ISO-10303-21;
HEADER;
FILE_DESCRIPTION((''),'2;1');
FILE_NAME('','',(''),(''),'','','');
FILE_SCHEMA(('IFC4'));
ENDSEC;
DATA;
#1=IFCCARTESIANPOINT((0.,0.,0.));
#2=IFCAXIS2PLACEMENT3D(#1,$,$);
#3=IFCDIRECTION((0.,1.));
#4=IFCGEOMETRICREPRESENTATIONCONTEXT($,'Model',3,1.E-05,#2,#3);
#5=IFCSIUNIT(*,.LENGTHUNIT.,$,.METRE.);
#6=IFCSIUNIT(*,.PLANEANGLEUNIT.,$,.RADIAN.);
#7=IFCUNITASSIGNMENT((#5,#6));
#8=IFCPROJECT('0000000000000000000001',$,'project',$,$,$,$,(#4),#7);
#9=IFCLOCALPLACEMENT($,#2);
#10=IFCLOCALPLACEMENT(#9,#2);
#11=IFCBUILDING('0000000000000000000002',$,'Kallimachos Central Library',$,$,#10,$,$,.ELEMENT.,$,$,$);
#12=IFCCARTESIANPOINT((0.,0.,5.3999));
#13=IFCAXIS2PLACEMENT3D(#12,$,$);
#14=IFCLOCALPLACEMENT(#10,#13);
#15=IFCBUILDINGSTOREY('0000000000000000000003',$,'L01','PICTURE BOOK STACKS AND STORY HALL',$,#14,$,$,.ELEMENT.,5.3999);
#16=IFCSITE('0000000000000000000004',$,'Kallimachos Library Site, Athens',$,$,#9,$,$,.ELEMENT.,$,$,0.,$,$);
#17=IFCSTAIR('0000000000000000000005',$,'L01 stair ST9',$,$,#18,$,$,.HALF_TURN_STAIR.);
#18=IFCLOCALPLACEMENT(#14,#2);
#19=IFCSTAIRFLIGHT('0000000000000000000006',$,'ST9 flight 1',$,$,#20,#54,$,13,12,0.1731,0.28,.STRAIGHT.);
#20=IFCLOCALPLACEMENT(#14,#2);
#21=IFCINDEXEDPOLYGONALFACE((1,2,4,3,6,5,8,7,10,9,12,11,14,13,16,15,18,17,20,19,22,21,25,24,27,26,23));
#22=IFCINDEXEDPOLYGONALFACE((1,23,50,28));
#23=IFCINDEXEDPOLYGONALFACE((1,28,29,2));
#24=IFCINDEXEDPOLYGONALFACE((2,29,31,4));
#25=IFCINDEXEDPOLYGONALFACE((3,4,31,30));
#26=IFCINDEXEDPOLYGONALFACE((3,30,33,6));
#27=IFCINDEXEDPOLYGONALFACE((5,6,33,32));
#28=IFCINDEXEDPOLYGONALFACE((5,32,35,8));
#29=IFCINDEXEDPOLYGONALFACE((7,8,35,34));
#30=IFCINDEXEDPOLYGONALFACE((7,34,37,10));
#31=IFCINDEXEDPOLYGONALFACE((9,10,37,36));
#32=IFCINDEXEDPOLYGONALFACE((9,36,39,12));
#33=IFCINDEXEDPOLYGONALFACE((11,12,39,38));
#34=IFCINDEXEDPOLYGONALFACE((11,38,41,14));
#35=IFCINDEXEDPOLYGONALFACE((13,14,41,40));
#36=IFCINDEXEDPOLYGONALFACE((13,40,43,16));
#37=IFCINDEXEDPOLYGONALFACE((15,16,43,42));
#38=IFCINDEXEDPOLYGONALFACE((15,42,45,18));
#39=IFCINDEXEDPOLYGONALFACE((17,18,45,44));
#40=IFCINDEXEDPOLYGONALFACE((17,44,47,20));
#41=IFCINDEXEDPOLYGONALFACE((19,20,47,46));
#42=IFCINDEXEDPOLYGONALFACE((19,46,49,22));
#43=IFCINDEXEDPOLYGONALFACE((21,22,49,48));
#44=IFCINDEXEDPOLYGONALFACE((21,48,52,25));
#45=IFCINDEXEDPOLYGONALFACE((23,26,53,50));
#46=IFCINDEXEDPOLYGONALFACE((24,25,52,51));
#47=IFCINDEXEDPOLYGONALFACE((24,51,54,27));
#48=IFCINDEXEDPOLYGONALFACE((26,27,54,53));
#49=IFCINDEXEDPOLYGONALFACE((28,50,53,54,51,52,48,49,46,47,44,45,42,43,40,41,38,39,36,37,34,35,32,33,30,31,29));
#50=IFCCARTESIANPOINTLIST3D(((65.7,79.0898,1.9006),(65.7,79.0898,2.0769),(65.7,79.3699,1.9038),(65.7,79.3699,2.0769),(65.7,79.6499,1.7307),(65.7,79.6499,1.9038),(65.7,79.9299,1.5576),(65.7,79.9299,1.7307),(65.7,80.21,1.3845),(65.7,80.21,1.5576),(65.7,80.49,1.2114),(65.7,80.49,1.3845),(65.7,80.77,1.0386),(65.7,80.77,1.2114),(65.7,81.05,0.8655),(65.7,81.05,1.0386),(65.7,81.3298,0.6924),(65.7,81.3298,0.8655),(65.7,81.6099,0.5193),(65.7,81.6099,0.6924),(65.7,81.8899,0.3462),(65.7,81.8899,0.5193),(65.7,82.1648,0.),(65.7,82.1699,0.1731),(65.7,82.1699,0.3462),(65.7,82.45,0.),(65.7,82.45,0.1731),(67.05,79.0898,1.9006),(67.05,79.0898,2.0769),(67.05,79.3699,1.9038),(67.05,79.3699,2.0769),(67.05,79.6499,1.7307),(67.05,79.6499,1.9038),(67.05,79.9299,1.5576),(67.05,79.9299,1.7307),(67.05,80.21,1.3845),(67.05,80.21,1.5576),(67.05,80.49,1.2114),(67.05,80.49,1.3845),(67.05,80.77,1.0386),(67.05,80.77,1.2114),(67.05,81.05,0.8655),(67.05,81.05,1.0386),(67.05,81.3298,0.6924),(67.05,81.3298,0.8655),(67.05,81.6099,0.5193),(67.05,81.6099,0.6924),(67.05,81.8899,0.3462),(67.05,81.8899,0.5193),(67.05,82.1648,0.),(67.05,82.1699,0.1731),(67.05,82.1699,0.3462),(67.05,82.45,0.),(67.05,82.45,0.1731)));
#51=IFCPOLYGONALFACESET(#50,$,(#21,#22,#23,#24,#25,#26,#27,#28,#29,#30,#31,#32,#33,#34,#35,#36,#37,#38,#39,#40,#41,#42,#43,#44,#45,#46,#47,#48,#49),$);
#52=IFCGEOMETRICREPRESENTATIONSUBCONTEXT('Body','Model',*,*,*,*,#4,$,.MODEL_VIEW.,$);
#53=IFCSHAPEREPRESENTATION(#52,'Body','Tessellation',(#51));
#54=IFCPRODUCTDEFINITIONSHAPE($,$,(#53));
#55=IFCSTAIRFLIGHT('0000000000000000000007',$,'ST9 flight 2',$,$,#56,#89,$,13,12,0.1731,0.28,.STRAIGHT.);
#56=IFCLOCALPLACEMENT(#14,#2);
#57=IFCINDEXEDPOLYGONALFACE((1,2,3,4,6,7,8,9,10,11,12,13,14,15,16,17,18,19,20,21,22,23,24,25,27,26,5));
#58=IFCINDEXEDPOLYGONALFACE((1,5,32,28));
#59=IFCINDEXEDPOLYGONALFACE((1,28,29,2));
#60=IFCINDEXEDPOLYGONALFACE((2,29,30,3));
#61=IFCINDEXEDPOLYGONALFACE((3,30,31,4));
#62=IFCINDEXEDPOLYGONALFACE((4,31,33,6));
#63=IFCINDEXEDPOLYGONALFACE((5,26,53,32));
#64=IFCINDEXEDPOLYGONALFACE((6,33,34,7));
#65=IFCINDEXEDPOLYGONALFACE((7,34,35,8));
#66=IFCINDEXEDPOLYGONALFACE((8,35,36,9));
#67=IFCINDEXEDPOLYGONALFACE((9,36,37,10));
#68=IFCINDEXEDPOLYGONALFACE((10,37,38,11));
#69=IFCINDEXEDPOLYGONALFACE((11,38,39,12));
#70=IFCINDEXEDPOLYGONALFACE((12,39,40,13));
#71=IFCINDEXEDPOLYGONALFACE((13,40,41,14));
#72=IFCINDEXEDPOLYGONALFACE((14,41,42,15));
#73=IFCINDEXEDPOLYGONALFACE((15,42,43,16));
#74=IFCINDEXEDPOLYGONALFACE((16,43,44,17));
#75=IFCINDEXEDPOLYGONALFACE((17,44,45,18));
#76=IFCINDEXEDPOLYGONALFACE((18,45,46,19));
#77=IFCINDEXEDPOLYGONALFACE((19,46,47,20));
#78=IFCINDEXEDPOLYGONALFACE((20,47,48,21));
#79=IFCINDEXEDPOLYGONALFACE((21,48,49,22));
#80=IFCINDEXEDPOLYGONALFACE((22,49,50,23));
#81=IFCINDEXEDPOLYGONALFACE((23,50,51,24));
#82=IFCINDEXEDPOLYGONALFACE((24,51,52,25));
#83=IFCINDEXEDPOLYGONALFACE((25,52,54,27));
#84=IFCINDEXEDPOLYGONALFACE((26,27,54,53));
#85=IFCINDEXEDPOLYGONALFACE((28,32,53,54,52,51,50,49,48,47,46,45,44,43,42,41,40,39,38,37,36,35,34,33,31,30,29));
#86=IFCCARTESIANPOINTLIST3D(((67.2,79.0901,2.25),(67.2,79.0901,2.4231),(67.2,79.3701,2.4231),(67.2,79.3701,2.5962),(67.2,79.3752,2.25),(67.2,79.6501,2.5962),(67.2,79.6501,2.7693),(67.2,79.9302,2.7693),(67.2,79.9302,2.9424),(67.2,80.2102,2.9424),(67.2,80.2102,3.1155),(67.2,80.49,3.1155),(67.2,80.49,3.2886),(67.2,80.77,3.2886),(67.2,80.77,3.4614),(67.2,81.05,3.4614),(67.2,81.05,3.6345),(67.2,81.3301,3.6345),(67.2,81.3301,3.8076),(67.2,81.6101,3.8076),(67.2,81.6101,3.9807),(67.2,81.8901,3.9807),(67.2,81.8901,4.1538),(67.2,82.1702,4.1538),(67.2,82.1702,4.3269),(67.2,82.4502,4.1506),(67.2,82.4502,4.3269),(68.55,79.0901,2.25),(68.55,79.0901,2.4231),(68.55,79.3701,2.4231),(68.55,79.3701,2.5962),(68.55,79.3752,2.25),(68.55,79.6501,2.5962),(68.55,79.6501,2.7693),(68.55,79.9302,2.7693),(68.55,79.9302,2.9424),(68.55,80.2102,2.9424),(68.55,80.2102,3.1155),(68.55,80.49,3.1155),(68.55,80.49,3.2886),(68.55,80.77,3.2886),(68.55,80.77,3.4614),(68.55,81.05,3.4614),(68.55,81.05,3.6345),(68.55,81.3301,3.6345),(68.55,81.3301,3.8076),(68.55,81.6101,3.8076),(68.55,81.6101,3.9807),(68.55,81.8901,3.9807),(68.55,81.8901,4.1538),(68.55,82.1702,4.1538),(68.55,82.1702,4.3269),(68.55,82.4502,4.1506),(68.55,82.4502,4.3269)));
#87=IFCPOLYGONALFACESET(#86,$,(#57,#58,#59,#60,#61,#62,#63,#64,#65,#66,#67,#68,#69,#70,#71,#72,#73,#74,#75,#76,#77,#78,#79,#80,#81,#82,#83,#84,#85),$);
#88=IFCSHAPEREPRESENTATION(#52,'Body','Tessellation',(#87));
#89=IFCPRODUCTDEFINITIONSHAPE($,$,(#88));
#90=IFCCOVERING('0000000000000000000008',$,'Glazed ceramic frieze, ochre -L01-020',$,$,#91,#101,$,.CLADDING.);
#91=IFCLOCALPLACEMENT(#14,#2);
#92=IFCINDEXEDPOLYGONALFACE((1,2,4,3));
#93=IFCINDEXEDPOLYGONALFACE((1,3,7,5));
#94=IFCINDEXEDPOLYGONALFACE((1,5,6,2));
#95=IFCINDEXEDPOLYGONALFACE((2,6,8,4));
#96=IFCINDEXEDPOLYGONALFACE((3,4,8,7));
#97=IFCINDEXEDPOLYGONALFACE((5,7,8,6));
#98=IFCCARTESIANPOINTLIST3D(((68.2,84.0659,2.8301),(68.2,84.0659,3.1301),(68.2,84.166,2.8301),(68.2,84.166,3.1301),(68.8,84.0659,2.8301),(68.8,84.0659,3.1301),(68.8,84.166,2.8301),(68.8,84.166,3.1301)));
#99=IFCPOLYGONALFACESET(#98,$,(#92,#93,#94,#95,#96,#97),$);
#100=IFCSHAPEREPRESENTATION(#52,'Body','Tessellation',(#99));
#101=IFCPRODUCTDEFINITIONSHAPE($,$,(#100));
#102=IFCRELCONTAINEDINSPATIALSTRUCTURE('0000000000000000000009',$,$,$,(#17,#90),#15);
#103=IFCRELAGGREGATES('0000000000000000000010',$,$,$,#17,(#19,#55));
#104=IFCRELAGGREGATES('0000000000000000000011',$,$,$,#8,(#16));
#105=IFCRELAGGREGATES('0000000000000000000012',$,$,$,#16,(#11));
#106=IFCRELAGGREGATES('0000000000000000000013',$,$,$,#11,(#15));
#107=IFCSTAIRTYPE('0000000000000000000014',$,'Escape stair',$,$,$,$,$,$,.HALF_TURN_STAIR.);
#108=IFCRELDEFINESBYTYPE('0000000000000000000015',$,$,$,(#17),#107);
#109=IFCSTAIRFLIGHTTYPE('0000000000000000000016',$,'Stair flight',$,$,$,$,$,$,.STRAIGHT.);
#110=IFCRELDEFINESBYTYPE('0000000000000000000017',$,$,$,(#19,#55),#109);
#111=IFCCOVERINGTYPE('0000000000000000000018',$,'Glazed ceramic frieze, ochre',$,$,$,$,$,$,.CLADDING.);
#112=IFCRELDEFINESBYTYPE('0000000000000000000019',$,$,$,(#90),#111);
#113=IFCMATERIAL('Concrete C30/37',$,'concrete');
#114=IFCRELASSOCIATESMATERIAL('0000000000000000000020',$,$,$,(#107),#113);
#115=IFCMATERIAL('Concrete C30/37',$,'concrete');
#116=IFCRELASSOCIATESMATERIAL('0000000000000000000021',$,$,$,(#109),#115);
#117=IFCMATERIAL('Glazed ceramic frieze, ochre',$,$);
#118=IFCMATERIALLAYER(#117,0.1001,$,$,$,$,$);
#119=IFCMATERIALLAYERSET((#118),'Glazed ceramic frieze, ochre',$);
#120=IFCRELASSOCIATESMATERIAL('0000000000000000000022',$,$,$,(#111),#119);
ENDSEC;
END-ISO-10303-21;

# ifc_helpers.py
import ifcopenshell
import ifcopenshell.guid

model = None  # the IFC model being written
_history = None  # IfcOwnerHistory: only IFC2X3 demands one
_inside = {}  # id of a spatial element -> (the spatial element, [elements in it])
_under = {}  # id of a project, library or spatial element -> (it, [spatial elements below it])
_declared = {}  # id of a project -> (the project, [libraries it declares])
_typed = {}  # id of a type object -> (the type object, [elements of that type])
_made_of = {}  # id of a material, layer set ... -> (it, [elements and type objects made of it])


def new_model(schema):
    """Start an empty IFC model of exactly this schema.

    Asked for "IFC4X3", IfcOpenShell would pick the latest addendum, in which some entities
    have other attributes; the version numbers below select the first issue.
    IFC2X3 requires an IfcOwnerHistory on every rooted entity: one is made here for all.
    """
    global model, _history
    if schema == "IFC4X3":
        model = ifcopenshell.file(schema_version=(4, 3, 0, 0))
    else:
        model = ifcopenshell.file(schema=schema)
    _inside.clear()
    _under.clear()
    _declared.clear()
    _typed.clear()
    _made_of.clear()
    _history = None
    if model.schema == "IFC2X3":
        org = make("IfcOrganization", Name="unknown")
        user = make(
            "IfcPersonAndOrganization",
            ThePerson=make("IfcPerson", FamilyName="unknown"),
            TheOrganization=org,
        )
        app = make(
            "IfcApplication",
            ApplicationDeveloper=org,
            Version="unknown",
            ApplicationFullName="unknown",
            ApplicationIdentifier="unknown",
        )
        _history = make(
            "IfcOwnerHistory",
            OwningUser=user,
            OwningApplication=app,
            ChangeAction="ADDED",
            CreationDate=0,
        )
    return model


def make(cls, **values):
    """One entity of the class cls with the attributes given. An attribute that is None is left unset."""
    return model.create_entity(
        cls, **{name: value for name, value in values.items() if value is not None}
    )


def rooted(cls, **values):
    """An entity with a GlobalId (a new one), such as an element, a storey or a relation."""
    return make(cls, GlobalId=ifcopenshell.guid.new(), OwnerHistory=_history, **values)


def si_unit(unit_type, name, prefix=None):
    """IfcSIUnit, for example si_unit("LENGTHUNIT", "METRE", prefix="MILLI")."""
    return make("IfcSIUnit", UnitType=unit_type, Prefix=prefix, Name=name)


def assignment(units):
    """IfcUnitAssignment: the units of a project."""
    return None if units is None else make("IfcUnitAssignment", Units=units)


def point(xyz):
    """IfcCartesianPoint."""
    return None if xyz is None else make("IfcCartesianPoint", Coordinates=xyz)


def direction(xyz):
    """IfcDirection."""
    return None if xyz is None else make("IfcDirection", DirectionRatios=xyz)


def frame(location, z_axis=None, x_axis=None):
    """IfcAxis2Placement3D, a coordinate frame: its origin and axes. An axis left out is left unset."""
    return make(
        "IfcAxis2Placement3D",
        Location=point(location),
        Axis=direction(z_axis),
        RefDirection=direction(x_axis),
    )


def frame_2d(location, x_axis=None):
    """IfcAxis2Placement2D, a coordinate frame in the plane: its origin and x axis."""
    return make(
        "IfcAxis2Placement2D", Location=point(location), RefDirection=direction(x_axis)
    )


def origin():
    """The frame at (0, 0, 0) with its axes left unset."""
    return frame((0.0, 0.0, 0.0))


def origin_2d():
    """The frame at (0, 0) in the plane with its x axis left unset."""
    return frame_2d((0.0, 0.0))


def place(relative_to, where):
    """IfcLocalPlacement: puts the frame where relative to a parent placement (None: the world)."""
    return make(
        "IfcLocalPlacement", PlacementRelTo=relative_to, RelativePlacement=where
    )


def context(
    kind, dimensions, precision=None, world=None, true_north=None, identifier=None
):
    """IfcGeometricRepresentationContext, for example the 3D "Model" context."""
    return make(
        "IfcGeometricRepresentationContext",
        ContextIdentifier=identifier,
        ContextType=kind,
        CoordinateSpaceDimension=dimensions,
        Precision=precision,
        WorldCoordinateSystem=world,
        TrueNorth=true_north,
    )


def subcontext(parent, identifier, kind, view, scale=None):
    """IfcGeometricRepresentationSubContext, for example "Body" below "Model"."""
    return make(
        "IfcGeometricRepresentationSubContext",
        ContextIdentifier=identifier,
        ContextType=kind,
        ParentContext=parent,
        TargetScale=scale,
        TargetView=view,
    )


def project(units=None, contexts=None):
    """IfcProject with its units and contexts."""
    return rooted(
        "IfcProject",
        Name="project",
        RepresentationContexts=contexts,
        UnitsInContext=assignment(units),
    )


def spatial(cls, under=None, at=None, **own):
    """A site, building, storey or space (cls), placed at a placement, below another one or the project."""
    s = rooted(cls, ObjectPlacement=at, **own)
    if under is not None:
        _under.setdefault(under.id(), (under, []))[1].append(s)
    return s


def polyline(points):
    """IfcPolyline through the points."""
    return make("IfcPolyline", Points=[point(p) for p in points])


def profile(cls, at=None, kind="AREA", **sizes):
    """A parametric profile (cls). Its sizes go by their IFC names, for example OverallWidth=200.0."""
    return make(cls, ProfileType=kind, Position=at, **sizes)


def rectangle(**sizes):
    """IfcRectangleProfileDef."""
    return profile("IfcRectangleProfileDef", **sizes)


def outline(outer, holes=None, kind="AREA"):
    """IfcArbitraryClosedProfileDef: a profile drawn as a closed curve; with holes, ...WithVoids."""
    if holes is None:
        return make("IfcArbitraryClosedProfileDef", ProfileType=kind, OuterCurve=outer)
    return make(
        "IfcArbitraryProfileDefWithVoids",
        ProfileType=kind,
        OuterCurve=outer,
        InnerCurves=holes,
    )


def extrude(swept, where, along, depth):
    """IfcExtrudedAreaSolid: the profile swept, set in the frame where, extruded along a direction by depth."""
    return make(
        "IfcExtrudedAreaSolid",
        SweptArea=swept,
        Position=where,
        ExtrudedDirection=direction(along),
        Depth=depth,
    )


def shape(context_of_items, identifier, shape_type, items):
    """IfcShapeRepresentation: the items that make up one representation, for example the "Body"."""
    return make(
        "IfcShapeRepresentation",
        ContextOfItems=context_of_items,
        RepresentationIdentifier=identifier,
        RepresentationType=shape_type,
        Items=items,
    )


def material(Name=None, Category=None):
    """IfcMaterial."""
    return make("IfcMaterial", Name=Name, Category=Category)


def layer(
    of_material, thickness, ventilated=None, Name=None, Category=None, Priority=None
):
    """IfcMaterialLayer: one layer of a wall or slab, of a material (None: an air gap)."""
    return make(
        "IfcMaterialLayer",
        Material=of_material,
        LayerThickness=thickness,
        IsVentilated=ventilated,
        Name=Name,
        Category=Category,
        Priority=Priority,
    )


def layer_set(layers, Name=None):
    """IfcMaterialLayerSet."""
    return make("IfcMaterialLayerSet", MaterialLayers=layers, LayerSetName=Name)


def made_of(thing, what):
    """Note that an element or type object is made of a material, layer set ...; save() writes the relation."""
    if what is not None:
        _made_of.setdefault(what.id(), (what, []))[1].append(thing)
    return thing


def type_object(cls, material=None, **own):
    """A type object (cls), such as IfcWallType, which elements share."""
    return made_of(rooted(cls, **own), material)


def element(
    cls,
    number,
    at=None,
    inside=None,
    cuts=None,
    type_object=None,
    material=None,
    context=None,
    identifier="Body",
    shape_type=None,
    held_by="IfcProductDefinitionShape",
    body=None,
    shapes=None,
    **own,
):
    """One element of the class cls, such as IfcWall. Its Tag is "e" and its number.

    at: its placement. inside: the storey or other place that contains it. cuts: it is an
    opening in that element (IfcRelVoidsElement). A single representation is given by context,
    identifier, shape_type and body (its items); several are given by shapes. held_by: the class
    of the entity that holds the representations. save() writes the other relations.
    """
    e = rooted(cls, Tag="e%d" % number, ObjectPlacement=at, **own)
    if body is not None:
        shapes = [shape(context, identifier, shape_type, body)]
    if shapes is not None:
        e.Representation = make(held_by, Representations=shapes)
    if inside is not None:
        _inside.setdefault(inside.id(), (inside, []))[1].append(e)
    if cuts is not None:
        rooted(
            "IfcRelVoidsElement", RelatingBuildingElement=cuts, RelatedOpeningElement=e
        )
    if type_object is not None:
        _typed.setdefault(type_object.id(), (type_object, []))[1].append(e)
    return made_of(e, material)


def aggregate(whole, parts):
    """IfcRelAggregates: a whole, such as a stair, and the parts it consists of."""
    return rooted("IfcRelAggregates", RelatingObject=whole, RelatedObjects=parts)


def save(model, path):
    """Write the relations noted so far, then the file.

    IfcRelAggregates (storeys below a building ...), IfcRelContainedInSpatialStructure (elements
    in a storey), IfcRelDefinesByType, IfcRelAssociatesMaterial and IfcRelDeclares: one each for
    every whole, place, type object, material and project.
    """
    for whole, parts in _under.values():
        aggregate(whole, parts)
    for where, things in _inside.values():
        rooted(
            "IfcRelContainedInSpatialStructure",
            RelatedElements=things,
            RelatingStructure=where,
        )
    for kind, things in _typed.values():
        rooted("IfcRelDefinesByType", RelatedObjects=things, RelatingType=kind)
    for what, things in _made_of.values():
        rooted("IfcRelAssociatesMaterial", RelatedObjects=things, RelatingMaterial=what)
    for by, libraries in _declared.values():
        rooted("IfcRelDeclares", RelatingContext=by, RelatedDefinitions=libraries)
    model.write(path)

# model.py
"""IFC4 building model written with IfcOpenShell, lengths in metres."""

from ifc_helpers import new_model, si_unit, direction, frame, origin, origin_2d, place, context, subcontext, project, spatial, polyline, rectangle, outline, extrude, material, layer, layer_set, type_object, element, aggregate, save


model = new_model("IFC4")

# Units and contexts
model_context = context("Model", 3, precision=1e-05, world=origin(), true_north=direction((0.0, 1.0)))
body_context = subcontext(model_context, "Body", "Model", "MODEL_VIEW")
ifc_project = project(units=[si_unit("LENGTHUNIT", "METRE"), si_unit("PLANEANGLEUNIT", "RADIAN")], contexts=[model_context])

# Site, building, storey
site_placement = place(None, origin())
site = spatial("IfcSite", under=ifc_project, at=site_placement, Name="Kallimachos Library Site, Athens", CompositionType="ELEMENT", RefElevation=0.0)
building_placement = place(site_placement, origin())
building = spatial("IfcBuilding", under=site, at=building_placement, Name="Kallimachos Central Library", CompositionType="ELEMENT")
storey_placement = place(building_placement, frame((0.0, 0.0, 5.3999)))
storey = spatial("IfcBuildingStorey", under=building, at=storey_placement, Name="L01", Description="PICTURE BOOK STACKS AND STORY HALL", CompositionType="ELEMENT", Elevation=5.3999)

# Stair, stair flights
ifc_material_1 = material(Name="Concrete C30/37", Category="concrete")
stair_type = type_object("IfcStairType", Name="Escape stair", PredefinedType="HALF_TURN_STAIR", material=ifc_material_1)
stair_placement = place(storey_placement, origin())
stair = element("IfcStair", 1, at=stair_placement, inside=storey, type_object=stair_type, Name="L01 stair ST9", PredefinedType="HALF_TURN_STAIR")
ifc_material_2 = material(Name="Concrete C30/37", Category="concrete")
stair_flight_type = type_object("IfcStairFlightType", Name="Stair flight", PredefinedType="STRAIGHT", material=ifc_material_2)
stair_flight_1_placement = place(storey_placement, frame((66.375, 82.45, 0.0), z_axis=(0.0, 0.0, 1.0), x_axis=(0.0, -1.0, 0.0)))
stair_flight_1 = element("IfcStairFlight", 2, at=stair_flight_1_placement, type_object=stair_flight_type, Name="ST9 flight 1", NumberOfRisers=13, NumberOfTreads=12, PredefinedType="STRAIGHT", RiserHeight=0.1731, TreadLength=0.28, context=body_context, shape_type="SweptSolid", body=[
    extrude(outline(polyline([(0.0, 0.0), (0.0, 0.1731), (0.28, 0.1731), (0.28, 0.3462), (0.5601, 0.3462), (0.5601, 0.5193), (0.8401, 0.5193), (0.8401, 0.6924), (1.1201, 0.6924), (1.1201, 0.8655), (1.3999, 0.8655), (1.3999, 1.0386), (1.6799, 1.0386), (1.6799, 1.2114), (1.96, 1.2114), (1.96, 1.3845), (2.24, 1.3845), (2.24, 1.5576), (2.52, 1.5576), (2.52, 1.7307), (2.8, 1.7307), (2.8, 1.9038), (3.0801, 1.9038), (3.0801, 2.0769), (3.3601, 2.0769), (3.3601, 2.25), (3.3601, 1.9006), (0.2852, 0.0), (0.0, 0.0)])), frame((0.0, 0.675, 0.0), z_axis=(0.0, -1.0, 0.0), x_axis=(1.0, 0.0, 0.0)), (0.0, 0.0, 1.0), 1.3501),
])
stair_flight_2_placement = place(storey_placement, frame((67.875, 79.0901, 2.25), z_axis=(0.0, 0.0, 1.0), x_axis=(0.0, 1.0, 0.0)))
stair_flight_2 = element("IfcStairFlight", 3, at=stair_flight_2_placement, type_object=stair_flight_type, Name="ST9 flight 2", NumberOfRisers=13, NumberOfTreads=12, PredefinedType="STRAIGHT", RiserHeight=0.1731, TreadLength=0.28, context=body_context, shape_type="SweptSolid", body=[
    extrude(outline(polyline([(0.0, 0.0), (0.0, 0.1731), (0.28, 0.1731), (0.28, 0.3462), (0.5601, 0.3462), (0.5601, 0.5193), (0.8401, 0.5193), (0.8401, 0.6924), (1.1201, 0.6924), (1.1201, 0.8655), (1.3999, 0.8655), (1.3999, 1.0386), (1.6799, 1.0386), (1.6799, 1.2114), (1.96, 1.2114), (1.96, 1.3845), (2.24, 1.3845), (2.24, 1.5576), (2.52, 1.5576), (2.52, 1.7307), (2.8, 1.7307), (2.8, 1.9038), (3.0801, 1.9038), (3.0801, 2.0769), (3.3601, 2.0769), (3.3601, 2.25), (3.3601, 1.9006), (0.2852, 0.0), (0.0, 0.0)])), frame((0.0, 0.675, 0.0), z_axis=(0.0, -1.0, 0.0), x_axis=(1.0, 0.0, 0.0)), (0.0, 0.0, 1.0), 1.3501),
])
aggregate(stair, [stair_flight_1, stair_flight_2])

# Covering
ifc_material_3 = material(Name="Glazed ceramic frieze, ochre")
ifc_layer_1 = layer(ifc_material_3, 0.1001)
ifc_layer_set_1 = layer_set([ifc_layer_1], Name="Glazed ceramic frieze, ochre")
covering_type = type_object("IfcCoveringType", Name="Glazed ceramic frieze, ochre", PredefinedType="CLADDING", material=ifc_layer_set_1)
covering_placement = place(storey_placement, frame((68.5, 84.116, 2.8301), z_axis=(0.0, 0.0, 1.0), x_axis=(1.0, 0.0, 0.0)))
element("IfcCovering", 4, at=covering_placement, inside=storey, type_object=covering_type, Name="Glazed ceramic frieze, ochre -L01-020", PredefinedType="CLADDING", context=body_context, shape_type="SweptSolid", body=[
    extrude(rectangle(XDim=0.6001, YDim=0.1001, at=origin_2d()), origin(), (0.0, 0.0, 1.0), 0.3),
])

save(model, "model.ifc")
